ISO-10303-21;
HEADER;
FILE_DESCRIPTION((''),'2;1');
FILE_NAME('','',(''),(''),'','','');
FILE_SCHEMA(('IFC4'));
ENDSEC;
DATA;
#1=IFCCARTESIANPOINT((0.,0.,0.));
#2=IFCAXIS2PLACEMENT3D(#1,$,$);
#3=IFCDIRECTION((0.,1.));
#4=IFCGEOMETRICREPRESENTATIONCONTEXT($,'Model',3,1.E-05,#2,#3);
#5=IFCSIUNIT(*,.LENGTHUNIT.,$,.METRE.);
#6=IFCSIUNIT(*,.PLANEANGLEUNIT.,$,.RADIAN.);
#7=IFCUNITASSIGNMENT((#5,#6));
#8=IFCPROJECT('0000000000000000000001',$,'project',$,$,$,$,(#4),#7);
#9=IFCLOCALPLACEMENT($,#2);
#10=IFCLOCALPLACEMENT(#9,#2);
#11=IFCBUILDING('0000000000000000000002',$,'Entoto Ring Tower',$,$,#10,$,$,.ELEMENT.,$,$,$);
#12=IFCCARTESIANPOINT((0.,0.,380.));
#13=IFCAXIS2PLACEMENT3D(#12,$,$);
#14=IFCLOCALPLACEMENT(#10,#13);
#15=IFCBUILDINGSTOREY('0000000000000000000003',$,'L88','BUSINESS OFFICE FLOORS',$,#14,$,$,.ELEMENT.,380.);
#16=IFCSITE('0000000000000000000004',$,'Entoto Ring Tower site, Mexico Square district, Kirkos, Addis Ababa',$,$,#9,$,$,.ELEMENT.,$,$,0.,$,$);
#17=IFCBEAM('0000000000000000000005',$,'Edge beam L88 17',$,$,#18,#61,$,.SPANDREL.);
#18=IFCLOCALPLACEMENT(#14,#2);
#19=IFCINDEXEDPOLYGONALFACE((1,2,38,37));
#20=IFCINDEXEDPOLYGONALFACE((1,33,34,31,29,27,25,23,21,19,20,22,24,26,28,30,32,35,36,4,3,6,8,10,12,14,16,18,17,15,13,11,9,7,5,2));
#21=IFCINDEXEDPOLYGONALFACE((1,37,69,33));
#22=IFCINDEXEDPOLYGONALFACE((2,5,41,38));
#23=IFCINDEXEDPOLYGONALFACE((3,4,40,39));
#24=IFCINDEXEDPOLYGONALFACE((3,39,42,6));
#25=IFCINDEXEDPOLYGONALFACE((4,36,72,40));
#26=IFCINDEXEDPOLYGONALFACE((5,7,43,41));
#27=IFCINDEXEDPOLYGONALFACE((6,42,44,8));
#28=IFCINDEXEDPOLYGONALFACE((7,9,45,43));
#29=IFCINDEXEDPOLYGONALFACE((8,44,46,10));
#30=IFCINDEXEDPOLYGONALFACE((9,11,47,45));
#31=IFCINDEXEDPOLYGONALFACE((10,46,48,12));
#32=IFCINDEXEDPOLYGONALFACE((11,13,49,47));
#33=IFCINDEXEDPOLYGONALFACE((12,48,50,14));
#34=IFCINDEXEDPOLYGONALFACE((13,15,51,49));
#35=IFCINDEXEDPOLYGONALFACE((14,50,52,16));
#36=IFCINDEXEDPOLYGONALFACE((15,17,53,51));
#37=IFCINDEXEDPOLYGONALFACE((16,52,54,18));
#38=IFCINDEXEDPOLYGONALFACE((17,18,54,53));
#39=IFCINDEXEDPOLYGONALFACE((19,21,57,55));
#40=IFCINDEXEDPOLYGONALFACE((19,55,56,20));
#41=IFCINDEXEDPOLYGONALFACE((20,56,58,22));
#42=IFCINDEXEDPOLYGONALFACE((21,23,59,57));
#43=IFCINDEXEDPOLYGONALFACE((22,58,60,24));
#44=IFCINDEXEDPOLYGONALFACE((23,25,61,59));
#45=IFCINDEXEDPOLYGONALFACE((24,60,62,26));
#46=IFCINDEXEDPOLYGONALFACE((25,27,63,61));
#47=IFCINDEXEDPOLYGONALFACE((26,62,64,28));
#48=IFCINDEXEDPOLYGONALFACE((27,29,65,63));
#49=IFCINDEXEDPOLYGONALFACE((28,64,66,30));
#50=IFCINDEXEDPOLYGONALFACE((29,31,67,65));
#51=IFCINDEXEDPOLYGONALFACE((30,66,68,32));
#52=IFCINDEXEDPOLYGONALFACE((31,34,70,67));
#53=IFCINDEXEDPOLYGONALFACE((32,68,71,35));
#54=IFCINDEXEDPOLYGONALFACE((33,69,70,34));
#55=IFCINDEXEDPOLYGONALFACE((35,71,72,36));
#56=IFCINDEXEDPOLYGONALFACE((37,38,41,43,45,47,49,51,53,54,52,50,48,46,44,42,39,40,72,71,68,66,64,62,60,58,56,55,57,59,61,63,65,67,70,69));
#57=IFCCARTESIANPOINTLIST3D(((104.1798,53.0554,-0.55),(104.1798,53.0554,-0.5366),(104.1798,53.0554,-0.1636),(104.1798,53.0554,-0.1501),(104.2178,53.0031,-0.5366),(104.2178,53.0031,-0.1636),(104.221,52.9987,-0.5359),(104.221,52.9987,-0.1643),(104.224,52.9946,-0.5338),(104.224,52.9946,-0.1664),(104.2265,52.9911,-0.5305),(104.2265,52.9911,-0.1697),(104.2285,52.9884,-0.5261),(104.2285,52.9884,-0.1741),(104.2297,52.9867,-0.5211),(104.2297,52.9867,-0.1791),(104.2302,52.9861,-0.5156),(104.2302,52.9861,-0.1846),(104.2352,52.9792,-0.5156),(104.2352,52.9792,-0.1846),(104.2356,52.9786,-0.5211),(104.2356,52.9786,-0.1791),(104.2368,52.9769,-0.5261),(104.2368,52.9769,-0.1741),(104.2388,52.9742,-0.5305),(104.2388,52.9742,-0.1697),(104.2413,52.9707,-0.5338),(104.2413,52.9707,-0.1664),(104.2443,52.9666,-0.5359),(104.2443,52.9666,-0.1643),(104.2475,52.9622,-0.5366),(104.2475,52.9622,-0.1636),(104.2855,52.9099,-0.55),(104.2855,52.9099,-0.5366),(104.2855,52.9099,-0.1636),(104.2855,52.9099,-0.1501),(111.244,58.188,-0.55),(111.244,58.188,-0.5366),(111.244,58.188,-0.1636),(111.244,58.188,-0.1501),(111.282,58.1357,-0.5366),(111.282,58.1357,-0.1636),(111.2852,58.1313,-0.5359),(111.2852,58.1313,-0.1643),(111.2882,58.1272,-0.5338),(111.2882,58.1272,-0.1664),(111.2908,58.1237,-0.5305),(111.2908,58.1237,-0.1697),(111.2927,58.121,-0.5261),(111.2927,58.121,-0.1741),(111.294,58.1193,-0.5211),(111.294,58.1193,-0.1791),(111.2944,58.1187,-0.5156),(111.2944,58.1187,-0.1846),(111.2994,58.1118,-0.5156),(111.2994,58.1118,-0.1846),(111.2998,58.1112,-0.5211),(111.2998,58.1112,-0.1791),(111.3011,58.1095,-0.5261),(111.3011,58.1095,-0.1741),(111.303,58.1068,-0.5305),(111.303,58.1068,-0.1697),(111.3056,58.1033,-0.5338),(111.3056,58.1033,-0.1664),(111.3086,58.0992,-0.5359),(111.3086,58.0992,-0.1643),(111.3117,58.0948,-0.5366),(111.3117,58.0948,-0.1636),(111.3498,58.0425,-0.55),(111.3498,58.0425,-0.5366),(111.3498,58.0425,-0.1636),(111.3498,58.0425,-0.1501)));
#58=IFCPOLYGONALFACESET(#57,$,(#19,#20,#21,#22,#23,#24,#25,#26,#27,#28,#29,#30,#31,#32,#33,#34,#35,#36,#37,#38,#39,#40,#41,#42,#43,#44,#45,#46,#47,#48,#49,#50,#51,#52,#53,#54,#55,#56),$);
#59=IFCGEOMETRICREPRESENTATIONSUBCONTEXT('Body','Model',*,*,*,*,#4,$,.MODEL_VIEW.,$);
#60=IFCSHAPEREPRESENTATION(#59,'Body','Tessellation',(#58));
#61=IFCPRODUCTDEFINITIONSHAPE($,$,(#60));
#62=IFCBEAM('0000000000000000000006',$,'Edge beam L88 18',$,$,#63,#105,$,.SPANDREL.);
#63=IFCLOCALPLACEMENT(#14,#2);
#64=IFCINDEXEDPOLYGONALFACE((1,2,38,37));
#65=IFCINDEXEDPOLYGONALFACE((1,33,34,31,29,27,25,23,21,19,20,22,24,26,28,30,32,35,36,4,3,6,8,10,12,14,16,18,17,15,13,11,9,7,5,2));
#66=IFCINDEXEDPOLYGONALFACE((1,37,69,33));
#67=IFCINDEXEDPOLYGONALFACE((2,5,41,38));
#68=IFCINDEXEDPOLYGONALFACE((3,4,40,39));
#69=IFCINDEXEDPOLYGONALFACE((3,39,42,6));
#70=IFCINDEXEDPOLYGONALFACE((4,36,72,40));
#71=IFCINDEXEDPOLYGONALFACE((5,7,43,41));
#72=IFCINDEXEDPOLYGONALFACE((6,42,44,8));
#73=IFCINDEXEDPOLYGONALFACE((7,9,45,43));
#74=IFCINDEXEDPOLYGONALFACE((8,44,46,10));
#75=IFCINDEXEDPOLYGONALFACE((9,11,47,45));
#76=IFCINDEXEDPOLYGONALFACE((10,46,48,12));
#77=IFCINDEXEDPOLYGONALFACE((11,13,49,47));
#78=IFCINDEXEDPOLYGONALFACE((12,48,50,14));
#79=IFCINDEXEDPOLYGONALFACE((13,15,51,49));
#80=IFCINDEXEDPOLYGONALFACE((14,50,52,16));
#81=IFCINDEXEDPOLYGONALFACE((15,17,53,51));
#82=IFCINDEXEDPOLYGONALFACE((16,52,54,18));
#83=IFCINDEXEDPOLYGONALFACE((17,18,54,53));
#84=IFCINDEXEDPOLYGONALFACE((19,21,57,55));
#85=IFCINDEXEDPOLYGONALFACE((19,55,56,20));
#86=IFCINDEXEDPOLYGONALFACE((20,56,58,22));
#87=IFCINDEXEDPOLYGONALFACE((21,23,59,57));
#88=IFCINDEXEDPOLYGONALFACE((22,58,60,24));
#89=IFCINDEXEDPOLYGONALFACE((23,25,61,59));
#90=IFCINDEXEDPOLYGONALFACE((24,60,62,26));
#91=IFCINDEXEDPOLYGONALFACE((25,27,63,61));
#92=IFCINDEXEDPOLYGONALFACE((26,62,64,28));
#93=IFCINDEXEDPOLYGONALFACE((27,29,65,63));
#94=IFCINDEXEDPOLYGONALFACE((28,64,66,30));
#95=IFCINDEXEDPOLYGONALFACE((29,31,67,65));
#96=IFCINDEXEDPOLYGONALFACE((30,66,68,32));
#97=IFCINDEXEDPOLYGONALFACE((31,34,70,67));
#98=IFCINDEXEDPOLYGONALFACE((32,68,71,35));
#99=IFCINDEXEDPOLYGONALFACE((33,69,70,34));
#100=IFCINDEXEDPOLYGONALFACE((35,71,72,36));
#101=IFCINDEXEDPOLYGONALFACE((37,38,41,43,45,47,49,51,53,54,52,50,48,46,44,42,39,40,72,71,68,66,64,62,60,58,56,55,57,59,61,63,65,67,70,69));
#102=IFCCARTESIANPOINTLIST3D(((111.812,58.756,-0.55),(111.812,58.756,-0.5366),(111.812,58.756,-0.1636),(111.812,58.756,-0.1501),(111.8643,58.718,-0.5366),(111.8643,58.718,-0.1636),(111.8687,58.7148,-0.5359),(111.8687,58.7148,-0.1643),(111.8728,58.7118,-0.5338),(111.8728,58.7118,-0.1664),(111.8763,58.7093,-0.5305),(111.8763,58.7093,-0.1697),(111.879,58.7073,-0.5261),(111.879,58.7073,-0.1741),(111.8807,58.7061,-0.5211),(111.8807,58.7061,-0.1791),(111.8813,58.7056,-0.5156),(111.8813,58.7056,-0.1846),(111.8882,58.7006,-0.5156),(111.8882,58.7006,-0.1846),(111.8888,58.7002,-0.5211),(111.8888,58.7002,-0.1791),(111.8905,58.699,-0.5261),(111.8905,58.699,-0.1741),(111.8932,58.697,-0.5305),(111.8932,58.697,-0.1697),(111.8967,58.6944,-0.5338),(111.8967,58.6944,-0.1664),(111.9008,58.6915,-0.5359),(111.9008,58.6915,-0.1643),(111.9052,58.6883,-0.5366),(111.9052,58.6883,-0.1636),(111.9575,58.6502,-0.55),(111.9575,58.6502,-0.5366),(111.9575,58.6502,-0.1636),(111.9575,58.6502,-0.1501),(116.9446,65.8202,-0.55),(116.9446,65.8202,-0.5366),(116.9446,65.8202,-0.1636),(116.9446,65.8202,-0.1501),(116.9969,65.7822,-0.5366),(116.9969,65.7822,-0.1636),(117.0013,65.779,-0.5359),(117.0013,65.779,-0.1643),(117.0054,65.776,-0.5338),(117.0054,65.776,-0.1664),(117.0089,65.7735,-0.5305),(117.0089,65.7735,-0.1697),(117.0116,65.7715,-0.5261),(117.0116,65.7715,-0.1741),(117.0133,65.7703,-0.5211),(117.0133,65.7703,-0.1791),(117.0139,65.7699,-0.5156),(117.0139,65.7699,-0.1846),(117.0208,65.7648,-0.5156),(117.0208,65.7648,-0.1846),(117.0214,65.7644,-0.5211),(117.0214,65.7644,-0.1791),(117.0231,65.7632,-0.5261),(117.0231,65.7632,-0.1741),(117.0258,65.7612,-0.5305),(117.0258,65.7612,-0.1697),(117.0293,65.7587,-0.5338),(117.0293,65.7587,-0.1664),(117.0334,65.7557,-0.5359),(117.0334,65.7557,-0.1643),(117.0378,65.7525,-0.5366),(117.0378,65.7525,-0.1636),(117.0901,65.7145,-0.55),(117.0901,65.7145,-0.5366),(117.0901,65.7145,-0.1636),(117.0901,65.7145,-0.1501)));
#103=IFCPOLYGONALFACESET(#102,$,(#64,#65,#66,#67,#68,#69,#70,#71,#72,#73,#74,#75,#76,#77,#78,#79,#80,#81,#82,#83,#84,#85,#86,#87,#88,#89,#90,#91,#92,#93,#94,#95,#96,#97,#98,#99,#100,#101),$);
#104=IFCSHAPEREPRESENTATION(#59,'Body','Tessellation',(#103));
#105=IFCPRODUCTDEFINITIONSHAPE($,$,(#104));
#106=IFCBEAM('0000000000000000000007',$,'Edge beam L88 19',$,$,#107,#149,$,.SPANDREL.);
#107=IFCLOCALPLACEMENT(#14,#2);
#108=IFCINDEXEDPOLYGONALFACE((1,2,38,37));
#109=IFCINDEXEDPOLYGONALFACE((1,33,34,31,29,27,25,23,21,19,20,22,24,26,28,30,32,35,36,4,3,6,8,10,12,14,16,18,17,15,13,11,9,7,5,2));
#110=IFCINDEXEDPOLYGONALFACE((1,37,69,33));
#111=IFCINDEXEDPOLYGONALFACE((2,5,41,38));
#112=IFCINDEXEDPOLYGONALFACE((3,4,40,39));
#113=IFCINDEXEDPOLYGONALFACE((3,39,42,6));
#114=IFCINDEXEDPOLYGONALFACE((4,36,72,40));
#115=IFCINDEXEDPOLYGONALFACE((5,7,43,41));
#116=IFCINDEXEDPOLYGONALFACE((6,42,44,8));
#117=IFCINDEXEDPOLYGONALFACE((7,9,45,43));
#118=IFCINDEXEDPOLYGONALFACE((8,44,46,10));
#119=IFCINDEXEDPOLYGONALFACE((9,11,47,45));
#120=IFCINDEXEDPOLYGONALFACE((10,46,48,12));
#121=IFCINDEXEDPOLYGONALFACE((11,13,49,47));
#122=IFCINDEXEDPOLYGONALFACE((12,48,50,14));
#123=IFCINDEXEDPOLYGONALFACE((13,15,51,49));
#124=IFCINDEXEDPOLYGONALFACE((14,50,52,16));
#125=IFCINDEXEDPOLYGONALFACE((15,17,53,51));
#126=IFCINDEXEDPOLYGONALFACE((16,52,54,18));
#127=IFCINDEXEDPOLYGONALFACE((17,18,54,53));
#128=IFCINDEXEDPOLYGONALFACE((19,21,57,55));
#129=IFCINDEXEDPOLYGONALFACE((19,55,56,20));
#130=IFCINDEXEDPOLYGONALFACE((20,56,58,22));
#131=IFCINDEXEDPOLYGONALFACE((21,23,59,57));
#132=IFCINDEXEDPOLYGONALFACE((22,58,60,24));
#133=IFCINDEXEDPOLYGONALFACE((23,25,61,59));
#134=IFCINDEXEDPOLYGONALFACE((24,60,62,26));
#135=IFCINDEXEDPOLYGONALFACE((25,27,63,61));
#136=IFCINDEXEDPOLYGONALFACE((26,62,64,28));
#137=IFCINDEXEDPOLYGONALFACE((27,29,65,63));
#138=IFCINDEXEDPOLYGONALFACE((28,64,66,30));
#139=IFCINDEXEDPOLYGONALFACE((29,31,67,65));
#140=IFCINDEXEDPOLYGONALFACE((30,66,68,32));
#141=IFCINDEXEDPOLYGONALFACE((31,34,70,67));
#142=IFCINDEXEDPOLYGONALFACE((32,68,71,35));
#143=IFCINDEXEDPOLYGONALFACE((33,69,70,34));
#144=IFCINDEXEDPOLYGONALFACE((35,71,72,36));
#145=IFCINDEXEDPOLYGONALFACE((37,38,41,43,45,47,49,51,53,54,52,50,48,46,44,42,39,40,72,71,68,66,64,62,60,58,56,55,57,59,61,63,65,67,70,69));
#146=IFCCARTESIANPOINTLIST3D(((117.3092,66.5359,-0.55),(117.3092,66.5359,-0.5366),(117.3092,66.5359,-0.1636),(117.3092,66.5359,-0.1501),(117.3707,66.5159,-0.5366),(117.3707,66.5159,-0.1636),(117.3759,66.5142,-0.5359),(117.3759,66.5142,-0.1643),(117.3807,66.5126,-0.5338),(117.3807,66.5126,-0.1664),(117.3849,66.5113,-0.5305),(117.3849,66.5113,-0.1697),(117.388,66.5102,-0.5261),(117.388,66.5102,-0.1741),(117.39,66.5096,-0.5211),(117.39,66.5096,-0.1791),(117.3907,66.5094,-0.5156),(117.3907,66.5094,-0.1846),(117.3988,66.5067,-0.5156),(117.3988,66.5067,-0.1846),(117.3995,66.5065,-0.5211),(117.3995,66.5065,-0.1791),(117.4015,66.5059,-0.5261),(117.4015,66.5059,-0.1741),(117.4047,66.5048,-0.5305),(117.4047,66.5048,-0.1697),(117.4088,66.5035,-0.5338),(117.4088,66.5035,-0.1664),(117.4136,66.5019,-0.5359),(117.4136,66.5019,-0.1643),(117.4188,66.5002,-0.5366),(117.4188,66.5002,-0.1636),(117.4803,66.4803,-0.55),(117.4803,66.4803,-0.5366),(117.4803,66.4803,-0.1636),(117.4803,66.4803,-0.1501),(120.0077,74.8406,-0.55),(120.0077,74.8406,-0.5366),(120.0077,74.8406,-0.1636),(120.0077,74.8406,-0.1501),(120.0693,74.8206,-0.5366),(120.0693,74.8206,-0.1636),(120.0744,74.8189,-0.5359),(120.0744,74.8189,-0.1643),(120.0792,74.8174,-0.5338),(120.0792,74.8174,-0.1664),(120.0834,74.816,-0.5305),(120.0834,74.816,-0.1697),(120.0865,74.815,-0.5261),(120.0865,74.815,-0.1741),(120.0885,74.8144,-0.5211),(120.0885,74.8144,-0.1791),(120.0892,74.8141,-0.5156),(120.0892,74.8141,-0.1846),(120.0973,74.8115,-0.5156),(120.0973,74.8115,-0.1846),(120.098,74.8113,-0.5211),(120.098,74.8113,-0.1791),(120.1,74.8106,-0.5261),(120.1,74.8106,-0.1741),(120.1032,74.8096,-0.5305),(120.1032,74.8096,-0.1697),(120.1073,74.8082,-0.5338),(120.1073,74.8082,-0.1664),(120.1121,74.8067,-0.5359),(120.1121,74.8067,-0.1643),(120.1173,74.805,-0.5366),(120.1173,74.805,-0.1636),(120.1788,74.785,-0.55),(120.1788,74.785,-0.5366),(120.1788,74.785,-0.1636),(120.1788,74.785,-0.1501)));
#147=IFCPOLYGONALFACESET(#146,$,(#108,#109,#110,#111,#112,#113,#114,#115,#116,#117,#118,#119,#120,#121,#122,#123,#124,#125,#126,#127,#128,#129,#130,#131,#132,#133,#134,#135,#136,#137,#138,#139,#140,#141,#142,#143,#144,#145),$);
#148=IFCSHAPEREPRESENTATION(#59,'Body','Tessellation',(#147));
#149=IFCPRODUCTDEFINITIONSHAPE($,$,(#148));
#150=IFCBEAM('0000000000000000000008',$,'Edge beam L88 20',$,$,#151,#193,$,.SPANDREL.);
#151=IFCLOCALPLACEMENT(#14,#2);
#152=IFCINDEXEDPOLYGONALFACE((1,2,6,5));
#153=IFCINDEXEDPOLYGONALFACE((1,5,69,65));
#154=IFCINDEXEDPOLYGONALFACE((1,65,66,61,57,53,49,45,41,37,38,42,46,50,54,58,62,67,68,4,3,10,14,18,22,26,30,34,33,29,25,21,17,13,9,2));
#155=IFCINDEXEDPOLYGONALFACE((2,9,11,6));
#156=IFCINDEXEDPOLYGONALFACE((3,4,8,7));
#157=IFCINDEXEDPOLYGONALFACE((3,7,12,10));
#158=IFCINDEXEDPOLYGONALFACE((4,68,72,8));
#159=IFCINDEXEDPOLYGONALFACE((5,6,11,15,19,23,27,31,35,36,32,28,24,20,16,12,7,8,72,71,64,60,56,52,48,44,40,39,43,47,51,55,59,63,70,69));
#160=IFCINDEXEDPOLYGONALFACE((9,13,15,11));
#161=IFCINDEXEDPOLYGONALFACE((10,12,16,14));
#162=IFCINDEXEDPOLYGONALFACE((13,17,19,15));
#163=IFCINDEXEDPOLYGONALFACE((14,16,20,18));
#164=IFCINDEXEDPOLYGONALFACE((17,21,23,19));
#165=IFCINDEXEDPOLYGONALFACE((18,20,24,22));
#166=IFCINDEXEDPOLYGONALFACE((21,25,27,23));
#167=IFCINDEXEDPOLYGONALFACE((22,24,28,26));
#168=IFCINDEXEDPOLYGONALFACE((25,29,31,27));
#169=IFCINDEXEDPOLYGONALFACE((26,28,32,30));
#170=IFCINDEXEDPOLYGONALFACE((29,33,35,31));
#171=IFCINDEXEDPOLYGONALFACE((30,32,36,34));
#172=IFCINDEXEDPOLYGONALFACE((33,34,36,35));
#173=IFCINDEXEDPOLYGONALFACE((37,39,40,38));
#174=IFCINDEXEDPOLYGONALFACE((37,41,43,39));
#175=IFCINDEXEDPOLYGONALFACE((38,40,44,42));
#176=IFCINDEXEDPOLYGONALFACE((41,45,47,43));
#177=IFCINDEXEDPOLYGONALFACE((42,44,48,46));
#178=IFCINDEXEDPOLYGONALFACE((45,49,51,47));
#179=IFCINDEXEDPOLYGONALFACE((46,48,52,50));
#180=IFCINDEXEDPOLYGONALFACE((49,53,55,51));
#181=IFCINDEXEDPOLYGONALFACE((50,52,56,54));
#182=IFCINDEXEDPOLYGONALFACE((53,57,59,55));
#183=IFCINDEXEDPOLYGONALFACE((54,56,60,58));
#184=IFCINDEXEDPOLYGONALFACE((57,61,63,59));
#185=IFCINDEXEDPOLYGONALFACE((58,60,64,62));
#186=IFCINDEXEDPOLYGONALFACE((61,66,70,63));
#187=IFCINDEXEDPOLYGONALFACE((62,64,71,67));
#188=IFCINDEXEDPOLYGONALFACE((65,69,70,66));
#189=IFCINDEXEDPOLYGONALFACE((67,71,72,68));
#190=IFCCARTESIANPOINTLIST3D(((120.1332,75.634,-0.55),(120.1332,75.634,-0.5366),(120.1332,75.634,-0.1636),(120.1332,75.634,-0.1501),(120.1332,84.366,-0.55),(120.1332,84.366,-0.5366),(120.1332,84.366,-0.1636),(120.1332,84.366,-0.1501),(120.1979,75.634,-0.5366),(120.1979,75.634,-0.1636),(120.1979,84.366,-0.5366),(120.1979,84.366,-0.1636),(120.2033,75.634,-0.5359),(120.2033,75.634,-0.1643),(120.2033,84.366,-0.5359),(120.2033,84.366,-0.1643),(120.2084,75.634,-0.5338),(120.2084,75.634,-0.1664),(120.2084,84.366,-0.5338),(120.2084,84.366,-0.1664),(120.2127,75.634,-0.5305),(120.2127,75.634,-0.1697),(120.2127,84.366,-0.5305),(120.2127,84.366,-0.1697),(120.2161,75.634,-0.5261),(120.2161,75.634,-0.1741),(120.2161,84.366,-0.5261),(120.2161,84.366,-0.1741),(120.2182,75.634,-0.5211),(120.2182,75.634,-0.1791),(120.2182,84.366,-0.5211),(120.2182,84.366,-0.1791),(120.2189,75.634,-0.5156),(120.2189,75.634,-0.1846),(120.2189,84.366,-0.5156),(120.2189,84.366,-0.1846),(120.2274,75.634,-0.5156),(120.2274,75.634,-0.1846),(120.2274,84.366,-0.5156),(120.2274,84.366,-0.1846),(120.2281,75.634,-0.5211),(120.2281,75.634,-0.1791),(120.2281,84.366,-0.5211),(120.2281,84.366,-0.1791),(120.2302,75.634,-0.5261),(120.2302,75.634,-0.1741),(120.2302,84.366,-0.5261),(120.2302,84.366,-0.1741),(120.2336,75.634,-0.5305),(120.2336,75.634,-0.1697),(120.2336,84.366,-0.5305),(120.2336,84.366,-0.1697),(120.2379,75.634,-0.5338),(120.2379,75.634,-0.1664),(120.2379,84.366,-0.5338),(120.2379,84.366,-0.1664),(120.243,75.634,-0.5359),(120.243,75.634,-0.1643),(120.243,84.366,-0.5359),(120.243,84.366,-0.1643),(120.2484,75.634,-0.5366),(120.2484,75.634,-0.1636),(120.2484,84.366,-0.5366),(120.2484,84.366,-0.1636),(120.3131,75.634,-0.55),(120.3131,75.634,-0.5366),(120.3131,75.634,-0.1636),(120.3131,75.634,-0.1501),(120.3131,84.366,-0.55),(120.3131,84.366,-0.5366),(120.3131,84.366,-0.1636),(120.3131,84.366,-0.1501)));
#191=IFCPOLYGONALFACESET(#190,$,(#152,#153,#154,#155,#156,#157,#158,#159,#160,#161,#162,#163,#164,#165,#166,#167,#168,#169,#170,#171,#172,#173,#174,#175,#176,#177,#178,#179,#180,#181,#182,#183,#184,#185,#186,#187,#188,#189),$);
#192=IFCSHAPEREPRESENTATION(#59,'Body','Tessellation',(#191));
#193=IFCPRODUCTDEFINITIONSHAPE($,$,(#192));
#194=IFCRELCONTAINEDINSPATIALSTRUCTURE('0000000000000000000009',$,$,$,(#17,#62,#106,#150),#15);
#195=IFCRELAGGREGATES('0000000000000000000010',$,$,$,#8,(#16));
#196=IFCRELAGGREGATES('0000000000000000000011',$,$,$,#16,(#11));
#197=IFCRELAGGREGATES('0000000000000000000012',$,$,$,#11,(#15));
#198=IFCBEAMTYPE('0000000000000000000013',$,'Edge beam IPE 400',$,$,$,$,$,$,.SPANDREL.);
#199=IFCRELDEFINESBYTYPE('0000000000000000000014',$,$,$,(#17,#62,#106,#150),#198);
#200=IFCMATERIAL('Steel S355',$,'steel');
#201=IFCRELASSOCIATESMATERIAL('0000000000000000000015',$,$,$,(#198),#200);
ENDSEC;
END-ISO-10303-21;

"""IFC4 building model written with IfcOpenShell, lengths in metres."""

from ifc_helpers import new_model, si_unit, direction, frame, origin, origin_2d, place, context, subcontext, project, spatial, i_section, extrude, material, material_profile, profile_set, type_object, element, save


model = new_model("IFC4")

# Units and contexts
model_context = context("Model", 3, precision=1e-05, world=origin(), true_north=direction((0.0, 1.0)))
body_context = subcontext(model_context, "Body", "Model", "MODEL_VIEW")
ifc_project = project(units=[si_unit("LENGTHUNIT", "METRE"), si_unit("PLANEANGLEUNIT", "RADIAN")], contexts=[model_context])

# Site, building, storey
site_placement = place(None, origin())
site = spatial("IfcSite", under=ifc_project, at=site_placement, Name="Entoto Ring Tower site, Mexico Square district, Kirkos, Addis Ababa", CompositionType="ELEMENT", RefElevation=0.0)
building_placement = place(site_placement, origin())
building = spatial("IfcBuilding", under=site, at=building_placement, Name="Entoto Ring Tower", CompositionType="ELEMENT")
storey_placement = place(building_placement, frame((0.0, 0.0, 380.0)))
storey = spatial("IfcBuildingStorey", under=building, at=storey_placement, Name="L88", Description="BUSINESS OFFICE FLOORS", CompositionType="ELEMENT", Elevation=380.0)

# Beams
ifc_material_1 = material(Name="Steel S355", Category="steel")
ifc_material_profile_1 = material_profile(ifc_material_1, i_section(OverallWidth=0.1799, OverallDepth=0.3999, WebThickness=0.0085, FlangeThickness=0.0134, FilletRadius=0.021, at=origin_2d()), Name="IPE 400")
ifc_profile_set_1 = profile_set([ifc_material_profile_1], Name="Steel S355")
beam_type_1 = type_object("IfcBeamType", Name="Edge beam IPE 400", PredefinedType="SPANDREL", material=ifc_profile_set_1)
for number, where, z_axis, x_axis, name in (
    (1, (104.2327, 52.9827, -0.3501), (0.80901, 0.587794, 0.0), (-0.587794, 0.80901, 0.0), "Edge beam L88 17"),
    (2, (111.8848, 58.7031, -0.3501), (0.587794, 0.80901, 0.0), (-0.80901, 0.587794, 0.0), "Edge beam L88 18"),
):
    element("IfcBeam", number, at=place(storey_placement, frame(where, z_axis=z_axis, x_axis=x_axis)), inside=storey, type_object=beam_type_1, Name=name, PredefinedType="SPANDREL", context=body_context, shape_type="SweptSolid", body=[
        extrude(i_section(OverallWidth=0.1799, OverallDepth=0.3999, WebThickness=0.0085, FlangeThickness=0.0134, FilletRadius=0.021, at=origin_2d()), origin(), (0.0, 0.0, 1.0), 8.7319),
    ])
beam_1_placement = place(storey_placement, frame((117.3948, 66.5081, -0.3501), z_axis=(0.30903, 0.951052, 0.0), x_axis=(-0.951052, 0.30903, 0.0)))
element("IfcBeam", 3, at=beam_1_placement, inside=storey, type_object=beam_type_1, Name="Edge beam L88 19", PredefinedType="SPANDREL", context=body_context, shape_type="SweptSolid", body=[
    extrude(i_section(OverallWidth=0.1799, OverallDepth=0.3999, WebThickness=0.0085, FlangeThickness=0.0134, FilletRadius=0.021, at=origin_2d()), origin(), (0.0, 0.0, 1.0), 8.7322),
])
beam_2_placement = place(storey_placement, frame((120.2231, 75.634, -0.3501), z_axis=(0.0, 1.0, 0.0), x_axis=(-1.0, 0.0, 0.0)))
element("IfcBeam", 4, at=beam_2_placement, inside=storey, type_object=beam_type_1, Name="Edge beam L88 20", PredefinedType="SPANDREL", context=body_context, shape_type="SweptSolid", body=[
    extrude(i_section(OverallWidth=0.1799, OverallDepth=0.3999, WebThickness=0.0085, FlangeThickness=0.0134, FilletRadius=0.021, at=origin_2d()), origin(), (0.0, 0.0, 1.0), 8.7319),
])

save(model, "model.ifc")
